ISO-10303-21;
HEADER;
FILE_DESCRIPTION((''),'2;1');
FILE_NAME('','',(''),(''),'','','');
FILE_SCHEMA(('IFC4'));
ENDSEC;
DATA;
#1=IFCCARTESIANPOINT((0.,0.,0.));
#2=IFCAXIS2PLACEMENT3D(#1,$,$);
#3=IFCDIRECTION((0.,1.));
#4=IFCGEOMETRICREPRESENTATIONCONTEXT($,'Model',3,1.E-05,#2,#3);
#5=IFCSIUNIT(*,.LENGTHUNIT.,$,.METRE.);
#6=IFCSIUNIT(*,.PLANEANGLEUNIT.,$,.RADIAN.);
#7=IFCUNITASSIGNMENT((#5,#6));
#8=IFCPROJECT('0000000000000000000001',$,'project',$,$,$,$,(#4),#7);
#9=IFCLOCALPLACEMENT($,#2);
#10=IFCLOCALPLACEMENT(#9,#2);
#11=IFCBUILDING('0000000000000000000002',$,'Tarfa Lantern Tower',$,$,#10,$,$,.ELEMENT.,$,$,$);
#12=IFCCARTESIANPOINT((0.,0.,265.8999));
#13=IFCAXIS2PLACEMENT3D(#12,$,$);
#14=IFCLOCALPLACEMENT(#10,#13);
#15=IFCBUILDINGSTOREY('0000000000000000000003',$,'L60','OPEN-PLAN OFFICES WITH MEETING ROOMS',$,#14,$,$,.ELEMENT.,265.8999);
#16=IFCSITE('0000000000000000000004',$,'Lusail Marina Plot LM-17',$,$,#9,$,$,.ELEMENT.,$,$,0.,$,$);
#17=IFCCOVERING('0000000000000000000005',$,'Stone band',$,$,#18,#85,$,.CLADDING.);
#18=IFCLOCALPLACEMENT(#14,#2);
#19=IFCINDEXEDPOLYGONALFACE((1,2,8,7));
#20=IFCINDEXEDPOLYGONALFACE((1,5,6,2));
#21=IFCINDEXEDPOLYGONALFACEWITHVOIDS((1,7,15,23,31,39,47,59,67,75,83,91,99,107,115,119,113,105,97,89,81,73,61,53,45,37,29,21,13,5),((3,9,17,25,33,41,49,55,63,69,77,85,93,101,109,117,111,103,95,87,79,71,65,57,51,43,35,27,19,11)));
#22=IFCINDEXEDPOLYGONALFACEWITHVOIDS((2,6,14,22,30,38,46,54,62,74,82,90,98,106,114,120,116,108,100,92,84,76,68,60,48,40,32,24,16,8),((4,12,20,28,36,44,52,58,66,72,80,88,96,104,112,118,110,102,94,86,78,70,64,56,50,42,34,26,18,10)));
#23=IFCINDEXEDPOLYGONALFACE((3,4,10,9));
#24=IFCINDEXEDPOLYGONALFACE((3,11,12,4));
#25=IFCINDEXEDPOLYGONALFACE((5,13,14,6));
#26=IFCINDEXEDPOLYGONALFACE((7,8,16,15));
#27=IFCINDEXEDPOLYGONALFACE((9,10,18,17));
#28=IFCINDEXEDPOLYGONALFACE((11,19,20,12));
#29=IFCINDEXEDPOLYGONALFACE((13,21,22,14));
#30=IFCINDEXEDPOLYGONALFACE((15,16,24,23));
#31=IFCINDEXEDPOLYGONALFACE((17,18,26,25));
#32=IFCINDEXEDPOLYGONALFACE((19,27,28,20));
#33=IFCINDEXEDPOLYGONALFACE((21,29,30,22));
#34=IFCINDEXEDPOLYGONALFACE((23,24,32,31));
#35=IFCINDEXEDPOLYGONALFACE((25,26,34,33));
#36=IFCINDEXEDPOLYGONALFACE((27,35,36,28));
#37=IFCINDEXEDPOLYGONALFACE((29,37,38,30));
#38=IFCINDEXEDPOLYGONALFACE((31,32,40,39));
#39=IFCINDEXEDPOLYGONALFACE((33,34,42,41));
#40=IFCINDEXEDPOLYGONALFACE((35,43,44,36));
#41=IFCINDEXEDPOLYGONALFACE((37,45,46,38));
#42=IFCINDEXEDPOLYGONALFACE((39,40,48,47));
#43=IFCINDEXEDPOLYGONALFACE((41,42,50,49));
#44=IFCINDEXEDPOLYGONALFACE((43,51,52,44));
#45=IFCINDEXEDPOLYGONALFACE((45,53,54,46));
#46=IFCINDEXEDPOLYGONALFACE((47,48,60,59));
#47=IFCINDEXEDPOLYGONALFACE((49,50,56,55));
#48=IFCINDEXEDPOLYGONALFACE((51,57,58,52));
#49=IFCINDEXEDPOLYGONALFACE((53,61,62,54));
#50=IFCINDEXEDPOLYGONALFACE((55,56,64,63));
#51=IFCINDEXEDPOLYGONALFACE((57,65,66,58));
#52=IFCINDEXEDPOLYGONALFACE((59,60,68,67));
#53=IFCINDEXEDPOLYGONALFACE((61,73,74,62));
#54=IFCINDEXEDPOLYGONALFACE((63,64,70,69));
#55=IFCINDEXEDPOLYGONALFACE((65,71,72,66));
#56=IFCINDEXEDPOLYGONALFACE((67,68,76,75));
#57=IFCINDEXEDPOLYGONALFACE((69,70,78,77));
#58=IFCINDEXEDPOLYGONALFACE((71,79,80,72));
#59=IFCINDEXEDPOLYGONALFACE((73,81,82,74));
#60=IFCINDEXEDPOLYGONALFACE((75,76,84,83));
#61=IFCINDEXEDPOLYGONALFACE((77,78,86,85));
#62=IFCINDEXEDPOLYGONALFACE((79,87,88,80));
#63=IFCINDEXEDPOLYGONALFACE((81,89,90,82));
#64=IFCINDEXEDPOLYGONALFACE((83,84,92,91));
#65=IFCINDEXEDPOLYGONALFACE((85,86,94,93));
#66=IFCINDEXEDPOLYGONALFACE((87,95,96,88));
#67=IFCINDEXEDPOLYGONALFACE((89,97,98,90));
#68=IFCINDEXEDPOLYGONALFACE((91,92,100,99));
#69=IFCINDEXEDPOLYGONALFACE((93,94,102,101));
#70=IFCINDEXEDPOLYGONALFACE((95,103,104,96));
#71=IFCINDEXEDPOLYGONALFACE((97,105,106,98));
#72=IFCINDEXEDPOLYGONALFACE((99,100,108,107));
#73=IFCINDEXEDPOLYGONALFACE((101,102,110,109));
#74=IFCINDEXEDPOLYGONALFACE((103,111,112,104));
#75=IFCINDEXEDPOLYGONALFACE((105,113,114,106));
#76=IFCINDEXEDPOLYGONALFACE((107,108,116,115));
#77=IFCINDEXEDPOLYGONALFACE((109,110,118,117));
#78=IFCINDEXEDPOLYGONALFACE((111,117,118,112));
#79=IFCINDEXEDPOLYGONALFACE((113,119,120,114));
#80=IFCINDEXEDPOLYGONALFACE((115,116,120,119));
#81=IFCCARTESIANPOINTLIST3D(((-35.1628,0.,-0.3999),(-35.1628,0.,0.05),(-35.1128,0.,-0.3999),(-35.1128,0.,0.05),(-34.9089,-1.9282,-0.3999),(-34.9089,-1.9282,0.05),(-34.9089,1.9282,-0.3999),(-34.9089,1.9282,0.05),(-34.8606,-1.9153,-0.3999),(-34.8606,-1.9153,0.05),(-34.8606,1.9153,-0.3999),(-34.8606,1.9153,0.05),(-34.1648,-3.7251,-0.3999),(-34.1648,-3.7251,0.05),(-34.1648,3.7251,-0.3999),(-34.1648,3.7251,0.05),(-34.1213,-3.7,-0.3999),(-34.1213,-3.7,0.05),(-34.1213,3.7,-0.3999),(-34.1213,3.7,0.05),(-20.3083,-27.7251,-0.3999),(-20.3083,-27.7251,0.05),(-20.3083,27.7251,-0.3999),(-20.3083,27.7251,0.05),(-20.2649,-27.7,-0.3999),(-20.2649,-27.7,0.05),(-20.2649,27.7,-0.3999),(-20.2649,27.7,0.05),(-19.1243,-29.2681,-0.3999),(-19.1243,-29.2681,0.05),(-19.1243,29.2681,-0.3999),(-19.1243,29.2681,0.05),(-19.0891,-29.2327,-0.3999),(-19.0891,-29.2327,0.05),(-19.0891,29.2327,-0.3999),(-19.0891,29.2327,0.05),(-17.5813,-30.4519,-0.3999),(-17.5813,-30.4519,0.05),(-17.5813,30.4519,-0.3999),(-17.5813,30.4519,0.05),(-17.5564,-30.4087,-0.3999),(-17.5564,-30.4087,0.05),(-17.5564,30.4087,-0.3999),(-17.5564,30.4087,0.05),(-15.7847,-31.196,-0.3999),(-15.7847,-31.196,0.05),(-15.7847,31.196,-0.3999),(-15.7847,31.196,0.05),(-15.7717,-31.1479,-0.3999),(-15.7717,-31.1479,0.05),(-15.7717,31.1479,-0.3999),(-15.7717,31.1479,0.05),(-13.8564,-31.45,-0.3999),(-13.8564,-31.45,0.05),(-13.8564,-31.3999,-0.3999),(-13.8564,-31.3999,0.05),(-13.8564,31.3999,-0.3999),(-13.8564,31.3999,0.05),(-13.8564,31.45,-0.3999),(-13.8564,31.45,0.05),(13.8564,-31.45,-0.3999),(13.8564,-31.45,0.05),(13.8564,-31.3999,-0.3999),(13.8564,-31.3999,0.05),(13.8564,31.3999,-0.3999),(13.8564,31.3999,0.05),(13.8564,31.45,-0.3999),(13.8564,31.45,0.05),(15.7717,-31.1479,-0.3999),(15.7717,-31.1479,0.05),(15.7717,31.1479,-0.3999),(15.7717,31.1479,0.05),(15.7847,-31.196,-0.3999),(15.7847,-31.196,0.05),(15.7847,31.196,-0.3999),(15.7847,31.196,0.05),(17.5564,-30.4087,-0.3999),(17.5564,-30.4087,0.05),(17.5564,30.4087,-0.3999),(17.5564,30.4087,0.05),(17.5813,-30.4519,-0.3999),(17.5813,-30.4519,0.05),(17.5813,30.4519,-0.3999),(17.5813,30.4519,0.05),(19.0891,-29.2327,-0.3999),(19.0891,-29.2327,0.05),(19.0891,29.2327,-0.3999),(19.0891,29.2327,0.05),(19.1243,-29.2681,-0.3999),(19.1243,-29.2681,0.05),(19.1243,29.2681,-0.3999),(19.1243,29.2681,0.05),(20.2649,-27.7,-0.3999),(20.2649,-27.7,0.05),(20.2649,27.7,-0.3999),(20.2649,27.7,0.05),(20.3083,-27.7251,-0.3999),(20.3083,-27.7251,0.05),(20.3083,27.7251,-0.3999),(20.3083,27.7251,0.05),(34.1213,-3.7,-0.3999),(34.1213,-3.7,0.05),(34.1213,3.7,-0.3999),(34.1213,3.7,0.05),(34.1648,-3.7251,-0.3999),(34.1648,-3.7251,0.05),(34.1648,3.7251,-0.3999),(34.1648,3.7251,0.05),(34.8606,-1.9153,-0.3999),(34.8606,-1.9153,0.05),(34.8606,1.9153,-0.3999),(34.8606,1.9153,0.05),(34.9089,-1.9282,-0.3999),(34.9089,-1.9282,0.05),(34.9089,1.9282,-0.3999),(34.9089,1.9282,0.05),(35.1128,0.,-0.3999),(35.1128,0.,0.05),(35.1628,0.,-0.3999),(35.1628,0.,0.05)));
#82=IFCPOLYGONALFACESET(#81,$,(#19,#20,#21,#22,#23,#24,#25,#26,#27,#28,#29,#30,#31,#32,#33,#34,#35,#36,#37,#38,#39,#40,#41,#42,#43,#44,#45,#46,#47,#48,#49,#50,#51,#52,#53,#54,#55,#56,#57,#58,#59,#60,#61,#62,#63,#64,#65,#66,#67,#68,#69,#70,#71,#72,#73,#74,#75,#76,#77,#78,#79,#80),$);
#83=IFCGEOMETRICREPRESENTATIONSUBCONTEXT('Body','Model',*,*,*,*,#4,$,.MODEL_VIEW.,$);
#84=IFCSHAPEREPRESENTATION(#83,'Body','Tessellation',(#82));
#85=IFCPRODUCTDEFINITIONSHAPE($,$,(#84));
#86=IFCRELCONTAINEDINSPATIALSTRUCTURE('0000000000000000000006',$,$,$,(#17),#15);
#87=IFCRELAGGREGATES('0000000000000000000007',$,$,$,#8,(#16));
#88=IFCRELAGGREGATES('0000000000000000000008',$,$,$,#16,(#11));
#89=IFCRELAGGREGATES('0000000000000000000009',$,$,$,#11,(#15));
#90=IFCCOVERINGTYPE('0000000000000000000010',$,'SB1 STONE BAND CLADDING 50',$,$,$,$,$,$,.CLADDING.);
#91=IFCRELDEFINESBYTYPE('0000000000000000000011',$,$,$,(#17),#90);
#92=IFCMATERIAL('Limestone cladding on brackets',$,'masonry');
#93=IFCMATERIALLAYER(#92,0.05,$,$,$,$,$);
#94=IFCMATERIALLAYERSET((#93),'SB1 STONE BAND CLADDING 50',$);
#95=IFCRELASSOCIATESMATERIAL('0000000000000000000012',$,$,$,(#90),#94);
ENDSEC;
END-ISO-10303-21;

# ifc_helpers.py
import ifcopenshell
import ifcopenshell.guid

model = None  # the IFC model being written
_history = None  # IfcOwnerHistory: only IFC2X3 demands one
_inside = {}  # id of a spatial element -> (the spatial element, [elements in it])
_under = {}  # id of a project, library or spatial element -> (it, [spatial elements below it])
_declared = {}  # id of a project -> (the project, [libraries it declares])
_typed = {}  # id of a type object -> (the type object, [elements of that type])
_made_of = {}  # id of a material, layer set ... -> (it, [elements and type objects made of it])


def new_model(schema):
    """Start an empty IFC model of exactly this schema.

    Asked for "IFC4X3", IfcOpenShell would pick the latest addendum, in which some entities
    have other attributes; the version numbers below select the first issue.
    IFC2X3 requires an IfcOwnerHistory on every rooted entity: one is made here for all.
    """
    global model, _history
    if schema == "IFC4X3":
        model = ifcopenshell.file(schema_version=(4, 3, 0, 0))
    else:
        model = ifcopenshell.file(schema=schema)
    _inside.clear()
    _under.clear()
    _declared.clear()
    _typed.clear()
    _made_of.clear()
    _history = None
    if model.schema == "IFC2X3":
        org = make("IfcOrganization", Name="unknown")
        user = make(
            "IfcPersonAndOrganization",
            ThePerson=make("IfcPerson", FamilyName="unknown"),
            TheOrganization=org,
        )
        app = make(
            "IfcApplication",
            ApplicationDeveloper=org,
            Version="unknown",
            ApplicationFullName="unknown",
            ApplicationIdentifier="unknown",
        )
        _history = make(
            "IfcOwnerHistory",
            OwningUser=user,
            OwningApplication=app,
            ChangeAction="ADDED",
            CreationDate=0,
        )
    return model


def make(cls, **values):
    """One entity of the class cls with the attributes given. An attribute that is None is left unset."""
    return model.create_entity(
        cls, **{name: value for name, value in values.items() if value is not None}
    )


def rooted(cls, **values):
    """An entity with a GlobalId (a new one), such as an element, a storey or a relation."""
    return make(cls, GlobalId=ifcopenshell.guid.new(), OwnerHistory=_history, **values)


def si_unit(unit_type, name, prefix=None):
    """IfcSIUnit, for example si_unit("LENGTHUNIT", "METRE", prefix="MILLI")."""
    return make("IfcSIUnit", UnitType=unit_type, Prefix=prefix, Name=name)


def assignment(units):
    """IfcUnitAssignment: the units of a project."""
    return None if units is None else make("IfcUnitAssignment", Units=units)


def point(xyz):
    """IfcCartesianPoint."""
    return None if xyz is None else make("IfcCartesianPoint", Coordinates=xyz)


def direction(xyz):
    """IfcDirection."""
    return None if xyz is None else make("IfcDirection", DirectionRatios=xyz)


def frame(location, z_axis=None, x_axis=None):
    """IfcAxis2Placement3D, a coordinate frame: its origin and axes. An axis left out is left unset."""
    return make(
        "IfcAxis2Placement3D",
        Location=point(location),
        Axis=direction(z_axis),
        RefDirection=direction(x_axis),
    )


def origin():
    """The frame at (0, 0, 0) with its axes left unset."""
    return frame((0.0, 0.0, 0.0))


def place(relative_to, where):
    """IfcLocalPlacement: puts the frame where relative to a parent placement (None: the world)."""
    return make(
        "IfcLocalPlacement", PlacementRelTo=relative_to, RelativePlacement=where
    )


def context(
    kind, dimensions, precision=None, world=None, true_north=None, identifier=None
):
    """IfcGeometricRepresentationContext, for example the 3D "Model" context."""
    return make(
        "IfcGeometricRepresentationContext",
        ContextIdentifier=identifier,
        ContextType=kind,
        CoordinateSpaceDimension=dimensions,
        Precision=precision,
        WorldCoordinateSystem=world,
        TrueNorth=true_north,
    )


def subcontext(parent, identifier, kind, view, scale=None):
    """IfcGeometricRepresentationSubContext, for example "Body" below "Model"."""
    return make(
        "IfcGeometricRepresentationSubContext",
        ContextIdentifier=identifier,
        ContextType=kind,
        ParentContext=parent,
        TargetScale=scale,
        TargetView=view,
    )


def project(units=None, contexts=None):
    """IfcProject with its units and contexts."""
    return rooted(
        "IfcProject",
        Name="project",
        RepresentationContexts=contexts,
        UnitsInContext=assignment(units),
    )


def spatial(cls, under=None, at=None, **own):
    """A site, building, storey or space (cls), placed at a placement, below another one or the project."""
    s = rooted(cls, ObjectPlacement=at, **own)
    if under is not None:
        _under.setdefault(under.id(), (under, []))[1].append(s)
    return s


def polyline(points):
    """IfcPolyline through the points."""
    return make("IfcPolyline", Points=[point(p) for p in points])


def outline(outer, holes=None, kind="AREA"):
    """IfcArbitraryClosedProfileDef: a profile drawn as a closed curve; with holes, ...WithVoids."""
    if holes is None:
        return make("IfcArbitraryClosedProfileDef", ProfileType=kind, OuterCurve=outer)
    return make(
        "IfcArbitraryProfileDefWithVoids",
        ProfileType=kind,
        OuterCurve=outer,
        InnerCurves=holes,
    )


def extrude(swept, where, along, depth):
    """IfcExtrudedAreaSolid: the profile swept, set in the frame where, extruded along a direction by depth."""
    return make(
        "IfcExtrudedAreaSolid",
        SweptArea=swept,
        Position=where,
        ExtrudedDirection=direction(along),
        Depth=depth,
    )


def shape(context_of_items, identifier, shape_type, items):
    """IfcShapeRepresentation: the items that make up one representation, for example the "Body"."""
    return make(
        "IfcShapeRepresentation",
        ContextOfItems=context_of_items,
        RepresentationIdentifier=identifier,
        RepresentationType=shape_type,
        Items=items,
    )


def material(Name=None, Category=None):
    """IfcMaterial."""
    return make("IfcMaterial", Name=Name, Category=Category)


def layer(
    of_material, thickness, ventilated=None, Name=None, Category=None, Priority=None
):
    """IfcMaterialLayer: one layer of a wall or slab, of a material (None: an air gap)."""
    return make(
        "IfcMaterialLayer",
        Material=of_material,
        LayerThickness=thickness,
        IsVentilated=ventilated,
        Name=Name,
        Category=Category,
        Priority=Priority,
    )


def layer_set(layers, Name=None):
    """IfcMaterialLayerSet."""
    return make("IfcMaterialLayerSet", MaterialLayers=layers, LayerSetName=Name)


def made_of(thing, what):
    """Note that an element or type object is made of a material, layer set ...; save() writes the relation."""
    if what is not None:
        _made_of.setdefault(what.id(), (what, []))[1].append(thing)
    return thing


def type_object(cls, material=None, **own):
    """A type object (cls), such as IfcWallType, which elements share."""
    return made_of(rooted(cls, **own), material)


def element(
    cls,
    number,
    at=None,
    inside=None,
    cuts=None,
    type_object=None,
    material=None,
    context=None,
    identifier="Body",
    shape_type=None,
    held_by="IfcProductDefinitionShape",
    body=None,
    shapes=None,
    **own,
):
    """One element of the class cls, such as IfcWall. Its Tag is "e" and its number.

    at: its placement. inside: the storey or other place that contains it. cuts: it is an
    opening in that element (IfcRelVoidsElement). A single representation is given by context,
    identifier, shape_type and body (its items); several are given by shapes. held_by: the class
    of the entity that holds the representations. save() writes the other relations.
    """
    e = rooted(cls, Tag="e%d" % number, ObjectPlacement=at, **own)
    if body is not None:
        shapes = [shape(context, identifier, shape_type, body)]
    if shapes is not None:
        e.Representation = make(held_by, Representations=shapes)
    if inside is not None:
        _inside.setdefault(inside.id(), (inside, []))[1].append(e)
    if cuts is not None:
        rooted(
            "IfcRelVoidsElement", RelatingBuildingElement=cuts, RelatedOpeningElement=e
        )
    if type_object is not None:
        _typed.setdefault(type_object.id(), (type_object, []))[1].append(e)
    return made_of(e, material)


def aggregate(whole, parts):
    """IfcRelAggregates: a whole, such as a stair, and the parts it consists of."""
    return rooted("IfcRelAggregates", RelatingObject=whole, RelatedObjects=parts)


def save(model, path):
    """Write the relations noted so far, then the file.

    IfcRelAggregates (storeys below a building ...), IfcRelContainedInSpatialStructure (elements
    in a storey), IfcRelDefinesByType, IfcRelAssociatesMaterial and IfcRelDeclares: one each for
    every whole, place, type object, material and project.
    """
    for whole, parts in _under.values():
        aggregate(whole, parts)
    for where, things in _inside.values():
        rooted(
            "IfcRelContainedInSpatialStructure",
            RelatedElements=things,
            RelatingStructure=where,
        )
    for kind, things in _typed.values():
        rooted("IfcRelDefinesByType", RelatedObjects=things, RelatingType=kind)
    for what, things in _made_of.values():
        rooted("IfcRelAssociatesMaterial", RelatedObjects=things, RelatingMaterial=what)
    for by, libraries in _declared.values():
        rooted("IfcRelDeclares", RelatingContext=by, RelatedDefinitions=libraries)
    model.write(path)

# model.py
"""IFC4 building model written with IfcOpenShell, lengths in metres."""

from ifc_helpers import new_model, si_unit, direction, frame, origin, place, context, subcontext, project, spatial, polyline, outline, extrude, material, layer, layer_set, type_object, element, save


model = new_model("IFC4")

# Units and contexts
model_context = context("Model", 3, precision=1e-05, world=origin(), true_north=direction((0.0, 1.0)))
body_context = subcontext(model_context, "Body", "Model", "MODEL_VIEW")
ifc_project = project(units=[si_unit("LENGTHUNIT", "METRE"), si_unit("PLANEANGLEUNIT", "RADIAN")], contexts=[model_context])

# Site, building, storey
site_placement = place(None, origin())
site = spatial("IfcSite", under=ifc_project, at=site_placement, Name="Lusail Marina Plot LM-17", CompositionType="ELEMENT", RefElevation=0.0)
building_placement = place(site_placement, origin())
building = spatial("IfcBuilding", under=site, at=building_placement, Name="Tarfa Lantern Tower", CompositionType="ELEMENT")
storey_placement = place(building_placement, frame((0.0, 0.0, 265.8999)))
storey = spatial("IfcBuildingStorey", under=building, at=storey_placement, Name="L60", Description="OPEN-PLAN OFFICES WITH MEETING ROOMS", CompositionType="ELEMENT", Elevation=265.8999)

# Covering
ifc_material_1 = material(Name="Limestone cladding on brackets", Category="masonry")
ifc_layer_1 = layer(ifc_material_1, 0.05)
ifc_layer_set_1 = layer_set([ifc_layer_1], Name="SB1 STONE BAND CLADDING 50")
covering_type_1 = type_object("IfcCoveringType", Name="SB1 STONE BAND CLADDING 50", PredefinedType="CLADDING", material=ifc_layer_set_1)
covering_1_placement = place(storey_placement, frame((0.0, 0.0, -0.3999)))
element("IfcCovering", 1, at=covering_1_placement, inside=storey, type_object=covering_type_1, Name="Stone band", PredefinedType="CLADDING", context=body_context, shape_type="SweptSolid", body=[
    extrude(outline(polyline([(34.1648, 3.7251), (20.3083, 27.7251), (19.1243, 29.2681), (17.5813, 30.4519), (15.7847, 31.196), (13.8564, 31.45), (-13.8564, 31.45), (-15.7847, 31.196), (-17.5813, 30.4519), (-19.1243, 29.2681), (-20.3083, 27.7251), (-34.1648, 3.7251), (-34.9089, 1.9282), (-35.1628, 0.0), (-34.9089, -1.9282), (-34.1648, -3.7251), (-20.3083, -27.7251), (-19.1243, -29.2681), (-17.5813, -30.4519), (-15.7847, -31.196), (-13.8564, -31.45), (13.8564, -31.45), (15.7847, -31.196), (17.5813, -30.4519), (19.1243, -29.2681), (20.3083, -27.7251), (34.1648, -3.7251), (34.9089, -1.9282), (35.1628, 0.0), (34.9089, 1.9282), (34.1648, 3.7251)]), holes=[polyline([(34.1213, 3.7), (20.2649, 27.7), (19.0891, 29.2327), (17.5564, 30.4087), (15.7717, 31.1479), (13.8564, 31.3999), (-13.8564, 31.3999), (-15.7717, 31.1479), (-17.5564, 30.4087), (-19.0891, 29.2327), (-20.2649, 27.7), (-34.1213, 3.7), (-34.8606, 1.9153), (-35.1128, 0.0), (-34.8606, -1.9153), (-34.1213, -3.7), (-20.2649, -27.7), (-19.0891, -29.2327), (-17.5564, -30.4087), (-15.7717, -31.1479), (-13.8564, -31.3999), (13.8564, -31.3999), (15.7717, -31.1479), (17.5564, -30.4087), (19.0891, -29.2327), (20.2649, -27.7), (34.1213, -3.7), (34.8606, -1.9153), (35.1128, 0.0), (34.8606, 1.9153), (34.1213, 3.7)])]), origin(), (0.0, 0.0, 1.0), 0.45),
])

save(model, "model.ifc")
